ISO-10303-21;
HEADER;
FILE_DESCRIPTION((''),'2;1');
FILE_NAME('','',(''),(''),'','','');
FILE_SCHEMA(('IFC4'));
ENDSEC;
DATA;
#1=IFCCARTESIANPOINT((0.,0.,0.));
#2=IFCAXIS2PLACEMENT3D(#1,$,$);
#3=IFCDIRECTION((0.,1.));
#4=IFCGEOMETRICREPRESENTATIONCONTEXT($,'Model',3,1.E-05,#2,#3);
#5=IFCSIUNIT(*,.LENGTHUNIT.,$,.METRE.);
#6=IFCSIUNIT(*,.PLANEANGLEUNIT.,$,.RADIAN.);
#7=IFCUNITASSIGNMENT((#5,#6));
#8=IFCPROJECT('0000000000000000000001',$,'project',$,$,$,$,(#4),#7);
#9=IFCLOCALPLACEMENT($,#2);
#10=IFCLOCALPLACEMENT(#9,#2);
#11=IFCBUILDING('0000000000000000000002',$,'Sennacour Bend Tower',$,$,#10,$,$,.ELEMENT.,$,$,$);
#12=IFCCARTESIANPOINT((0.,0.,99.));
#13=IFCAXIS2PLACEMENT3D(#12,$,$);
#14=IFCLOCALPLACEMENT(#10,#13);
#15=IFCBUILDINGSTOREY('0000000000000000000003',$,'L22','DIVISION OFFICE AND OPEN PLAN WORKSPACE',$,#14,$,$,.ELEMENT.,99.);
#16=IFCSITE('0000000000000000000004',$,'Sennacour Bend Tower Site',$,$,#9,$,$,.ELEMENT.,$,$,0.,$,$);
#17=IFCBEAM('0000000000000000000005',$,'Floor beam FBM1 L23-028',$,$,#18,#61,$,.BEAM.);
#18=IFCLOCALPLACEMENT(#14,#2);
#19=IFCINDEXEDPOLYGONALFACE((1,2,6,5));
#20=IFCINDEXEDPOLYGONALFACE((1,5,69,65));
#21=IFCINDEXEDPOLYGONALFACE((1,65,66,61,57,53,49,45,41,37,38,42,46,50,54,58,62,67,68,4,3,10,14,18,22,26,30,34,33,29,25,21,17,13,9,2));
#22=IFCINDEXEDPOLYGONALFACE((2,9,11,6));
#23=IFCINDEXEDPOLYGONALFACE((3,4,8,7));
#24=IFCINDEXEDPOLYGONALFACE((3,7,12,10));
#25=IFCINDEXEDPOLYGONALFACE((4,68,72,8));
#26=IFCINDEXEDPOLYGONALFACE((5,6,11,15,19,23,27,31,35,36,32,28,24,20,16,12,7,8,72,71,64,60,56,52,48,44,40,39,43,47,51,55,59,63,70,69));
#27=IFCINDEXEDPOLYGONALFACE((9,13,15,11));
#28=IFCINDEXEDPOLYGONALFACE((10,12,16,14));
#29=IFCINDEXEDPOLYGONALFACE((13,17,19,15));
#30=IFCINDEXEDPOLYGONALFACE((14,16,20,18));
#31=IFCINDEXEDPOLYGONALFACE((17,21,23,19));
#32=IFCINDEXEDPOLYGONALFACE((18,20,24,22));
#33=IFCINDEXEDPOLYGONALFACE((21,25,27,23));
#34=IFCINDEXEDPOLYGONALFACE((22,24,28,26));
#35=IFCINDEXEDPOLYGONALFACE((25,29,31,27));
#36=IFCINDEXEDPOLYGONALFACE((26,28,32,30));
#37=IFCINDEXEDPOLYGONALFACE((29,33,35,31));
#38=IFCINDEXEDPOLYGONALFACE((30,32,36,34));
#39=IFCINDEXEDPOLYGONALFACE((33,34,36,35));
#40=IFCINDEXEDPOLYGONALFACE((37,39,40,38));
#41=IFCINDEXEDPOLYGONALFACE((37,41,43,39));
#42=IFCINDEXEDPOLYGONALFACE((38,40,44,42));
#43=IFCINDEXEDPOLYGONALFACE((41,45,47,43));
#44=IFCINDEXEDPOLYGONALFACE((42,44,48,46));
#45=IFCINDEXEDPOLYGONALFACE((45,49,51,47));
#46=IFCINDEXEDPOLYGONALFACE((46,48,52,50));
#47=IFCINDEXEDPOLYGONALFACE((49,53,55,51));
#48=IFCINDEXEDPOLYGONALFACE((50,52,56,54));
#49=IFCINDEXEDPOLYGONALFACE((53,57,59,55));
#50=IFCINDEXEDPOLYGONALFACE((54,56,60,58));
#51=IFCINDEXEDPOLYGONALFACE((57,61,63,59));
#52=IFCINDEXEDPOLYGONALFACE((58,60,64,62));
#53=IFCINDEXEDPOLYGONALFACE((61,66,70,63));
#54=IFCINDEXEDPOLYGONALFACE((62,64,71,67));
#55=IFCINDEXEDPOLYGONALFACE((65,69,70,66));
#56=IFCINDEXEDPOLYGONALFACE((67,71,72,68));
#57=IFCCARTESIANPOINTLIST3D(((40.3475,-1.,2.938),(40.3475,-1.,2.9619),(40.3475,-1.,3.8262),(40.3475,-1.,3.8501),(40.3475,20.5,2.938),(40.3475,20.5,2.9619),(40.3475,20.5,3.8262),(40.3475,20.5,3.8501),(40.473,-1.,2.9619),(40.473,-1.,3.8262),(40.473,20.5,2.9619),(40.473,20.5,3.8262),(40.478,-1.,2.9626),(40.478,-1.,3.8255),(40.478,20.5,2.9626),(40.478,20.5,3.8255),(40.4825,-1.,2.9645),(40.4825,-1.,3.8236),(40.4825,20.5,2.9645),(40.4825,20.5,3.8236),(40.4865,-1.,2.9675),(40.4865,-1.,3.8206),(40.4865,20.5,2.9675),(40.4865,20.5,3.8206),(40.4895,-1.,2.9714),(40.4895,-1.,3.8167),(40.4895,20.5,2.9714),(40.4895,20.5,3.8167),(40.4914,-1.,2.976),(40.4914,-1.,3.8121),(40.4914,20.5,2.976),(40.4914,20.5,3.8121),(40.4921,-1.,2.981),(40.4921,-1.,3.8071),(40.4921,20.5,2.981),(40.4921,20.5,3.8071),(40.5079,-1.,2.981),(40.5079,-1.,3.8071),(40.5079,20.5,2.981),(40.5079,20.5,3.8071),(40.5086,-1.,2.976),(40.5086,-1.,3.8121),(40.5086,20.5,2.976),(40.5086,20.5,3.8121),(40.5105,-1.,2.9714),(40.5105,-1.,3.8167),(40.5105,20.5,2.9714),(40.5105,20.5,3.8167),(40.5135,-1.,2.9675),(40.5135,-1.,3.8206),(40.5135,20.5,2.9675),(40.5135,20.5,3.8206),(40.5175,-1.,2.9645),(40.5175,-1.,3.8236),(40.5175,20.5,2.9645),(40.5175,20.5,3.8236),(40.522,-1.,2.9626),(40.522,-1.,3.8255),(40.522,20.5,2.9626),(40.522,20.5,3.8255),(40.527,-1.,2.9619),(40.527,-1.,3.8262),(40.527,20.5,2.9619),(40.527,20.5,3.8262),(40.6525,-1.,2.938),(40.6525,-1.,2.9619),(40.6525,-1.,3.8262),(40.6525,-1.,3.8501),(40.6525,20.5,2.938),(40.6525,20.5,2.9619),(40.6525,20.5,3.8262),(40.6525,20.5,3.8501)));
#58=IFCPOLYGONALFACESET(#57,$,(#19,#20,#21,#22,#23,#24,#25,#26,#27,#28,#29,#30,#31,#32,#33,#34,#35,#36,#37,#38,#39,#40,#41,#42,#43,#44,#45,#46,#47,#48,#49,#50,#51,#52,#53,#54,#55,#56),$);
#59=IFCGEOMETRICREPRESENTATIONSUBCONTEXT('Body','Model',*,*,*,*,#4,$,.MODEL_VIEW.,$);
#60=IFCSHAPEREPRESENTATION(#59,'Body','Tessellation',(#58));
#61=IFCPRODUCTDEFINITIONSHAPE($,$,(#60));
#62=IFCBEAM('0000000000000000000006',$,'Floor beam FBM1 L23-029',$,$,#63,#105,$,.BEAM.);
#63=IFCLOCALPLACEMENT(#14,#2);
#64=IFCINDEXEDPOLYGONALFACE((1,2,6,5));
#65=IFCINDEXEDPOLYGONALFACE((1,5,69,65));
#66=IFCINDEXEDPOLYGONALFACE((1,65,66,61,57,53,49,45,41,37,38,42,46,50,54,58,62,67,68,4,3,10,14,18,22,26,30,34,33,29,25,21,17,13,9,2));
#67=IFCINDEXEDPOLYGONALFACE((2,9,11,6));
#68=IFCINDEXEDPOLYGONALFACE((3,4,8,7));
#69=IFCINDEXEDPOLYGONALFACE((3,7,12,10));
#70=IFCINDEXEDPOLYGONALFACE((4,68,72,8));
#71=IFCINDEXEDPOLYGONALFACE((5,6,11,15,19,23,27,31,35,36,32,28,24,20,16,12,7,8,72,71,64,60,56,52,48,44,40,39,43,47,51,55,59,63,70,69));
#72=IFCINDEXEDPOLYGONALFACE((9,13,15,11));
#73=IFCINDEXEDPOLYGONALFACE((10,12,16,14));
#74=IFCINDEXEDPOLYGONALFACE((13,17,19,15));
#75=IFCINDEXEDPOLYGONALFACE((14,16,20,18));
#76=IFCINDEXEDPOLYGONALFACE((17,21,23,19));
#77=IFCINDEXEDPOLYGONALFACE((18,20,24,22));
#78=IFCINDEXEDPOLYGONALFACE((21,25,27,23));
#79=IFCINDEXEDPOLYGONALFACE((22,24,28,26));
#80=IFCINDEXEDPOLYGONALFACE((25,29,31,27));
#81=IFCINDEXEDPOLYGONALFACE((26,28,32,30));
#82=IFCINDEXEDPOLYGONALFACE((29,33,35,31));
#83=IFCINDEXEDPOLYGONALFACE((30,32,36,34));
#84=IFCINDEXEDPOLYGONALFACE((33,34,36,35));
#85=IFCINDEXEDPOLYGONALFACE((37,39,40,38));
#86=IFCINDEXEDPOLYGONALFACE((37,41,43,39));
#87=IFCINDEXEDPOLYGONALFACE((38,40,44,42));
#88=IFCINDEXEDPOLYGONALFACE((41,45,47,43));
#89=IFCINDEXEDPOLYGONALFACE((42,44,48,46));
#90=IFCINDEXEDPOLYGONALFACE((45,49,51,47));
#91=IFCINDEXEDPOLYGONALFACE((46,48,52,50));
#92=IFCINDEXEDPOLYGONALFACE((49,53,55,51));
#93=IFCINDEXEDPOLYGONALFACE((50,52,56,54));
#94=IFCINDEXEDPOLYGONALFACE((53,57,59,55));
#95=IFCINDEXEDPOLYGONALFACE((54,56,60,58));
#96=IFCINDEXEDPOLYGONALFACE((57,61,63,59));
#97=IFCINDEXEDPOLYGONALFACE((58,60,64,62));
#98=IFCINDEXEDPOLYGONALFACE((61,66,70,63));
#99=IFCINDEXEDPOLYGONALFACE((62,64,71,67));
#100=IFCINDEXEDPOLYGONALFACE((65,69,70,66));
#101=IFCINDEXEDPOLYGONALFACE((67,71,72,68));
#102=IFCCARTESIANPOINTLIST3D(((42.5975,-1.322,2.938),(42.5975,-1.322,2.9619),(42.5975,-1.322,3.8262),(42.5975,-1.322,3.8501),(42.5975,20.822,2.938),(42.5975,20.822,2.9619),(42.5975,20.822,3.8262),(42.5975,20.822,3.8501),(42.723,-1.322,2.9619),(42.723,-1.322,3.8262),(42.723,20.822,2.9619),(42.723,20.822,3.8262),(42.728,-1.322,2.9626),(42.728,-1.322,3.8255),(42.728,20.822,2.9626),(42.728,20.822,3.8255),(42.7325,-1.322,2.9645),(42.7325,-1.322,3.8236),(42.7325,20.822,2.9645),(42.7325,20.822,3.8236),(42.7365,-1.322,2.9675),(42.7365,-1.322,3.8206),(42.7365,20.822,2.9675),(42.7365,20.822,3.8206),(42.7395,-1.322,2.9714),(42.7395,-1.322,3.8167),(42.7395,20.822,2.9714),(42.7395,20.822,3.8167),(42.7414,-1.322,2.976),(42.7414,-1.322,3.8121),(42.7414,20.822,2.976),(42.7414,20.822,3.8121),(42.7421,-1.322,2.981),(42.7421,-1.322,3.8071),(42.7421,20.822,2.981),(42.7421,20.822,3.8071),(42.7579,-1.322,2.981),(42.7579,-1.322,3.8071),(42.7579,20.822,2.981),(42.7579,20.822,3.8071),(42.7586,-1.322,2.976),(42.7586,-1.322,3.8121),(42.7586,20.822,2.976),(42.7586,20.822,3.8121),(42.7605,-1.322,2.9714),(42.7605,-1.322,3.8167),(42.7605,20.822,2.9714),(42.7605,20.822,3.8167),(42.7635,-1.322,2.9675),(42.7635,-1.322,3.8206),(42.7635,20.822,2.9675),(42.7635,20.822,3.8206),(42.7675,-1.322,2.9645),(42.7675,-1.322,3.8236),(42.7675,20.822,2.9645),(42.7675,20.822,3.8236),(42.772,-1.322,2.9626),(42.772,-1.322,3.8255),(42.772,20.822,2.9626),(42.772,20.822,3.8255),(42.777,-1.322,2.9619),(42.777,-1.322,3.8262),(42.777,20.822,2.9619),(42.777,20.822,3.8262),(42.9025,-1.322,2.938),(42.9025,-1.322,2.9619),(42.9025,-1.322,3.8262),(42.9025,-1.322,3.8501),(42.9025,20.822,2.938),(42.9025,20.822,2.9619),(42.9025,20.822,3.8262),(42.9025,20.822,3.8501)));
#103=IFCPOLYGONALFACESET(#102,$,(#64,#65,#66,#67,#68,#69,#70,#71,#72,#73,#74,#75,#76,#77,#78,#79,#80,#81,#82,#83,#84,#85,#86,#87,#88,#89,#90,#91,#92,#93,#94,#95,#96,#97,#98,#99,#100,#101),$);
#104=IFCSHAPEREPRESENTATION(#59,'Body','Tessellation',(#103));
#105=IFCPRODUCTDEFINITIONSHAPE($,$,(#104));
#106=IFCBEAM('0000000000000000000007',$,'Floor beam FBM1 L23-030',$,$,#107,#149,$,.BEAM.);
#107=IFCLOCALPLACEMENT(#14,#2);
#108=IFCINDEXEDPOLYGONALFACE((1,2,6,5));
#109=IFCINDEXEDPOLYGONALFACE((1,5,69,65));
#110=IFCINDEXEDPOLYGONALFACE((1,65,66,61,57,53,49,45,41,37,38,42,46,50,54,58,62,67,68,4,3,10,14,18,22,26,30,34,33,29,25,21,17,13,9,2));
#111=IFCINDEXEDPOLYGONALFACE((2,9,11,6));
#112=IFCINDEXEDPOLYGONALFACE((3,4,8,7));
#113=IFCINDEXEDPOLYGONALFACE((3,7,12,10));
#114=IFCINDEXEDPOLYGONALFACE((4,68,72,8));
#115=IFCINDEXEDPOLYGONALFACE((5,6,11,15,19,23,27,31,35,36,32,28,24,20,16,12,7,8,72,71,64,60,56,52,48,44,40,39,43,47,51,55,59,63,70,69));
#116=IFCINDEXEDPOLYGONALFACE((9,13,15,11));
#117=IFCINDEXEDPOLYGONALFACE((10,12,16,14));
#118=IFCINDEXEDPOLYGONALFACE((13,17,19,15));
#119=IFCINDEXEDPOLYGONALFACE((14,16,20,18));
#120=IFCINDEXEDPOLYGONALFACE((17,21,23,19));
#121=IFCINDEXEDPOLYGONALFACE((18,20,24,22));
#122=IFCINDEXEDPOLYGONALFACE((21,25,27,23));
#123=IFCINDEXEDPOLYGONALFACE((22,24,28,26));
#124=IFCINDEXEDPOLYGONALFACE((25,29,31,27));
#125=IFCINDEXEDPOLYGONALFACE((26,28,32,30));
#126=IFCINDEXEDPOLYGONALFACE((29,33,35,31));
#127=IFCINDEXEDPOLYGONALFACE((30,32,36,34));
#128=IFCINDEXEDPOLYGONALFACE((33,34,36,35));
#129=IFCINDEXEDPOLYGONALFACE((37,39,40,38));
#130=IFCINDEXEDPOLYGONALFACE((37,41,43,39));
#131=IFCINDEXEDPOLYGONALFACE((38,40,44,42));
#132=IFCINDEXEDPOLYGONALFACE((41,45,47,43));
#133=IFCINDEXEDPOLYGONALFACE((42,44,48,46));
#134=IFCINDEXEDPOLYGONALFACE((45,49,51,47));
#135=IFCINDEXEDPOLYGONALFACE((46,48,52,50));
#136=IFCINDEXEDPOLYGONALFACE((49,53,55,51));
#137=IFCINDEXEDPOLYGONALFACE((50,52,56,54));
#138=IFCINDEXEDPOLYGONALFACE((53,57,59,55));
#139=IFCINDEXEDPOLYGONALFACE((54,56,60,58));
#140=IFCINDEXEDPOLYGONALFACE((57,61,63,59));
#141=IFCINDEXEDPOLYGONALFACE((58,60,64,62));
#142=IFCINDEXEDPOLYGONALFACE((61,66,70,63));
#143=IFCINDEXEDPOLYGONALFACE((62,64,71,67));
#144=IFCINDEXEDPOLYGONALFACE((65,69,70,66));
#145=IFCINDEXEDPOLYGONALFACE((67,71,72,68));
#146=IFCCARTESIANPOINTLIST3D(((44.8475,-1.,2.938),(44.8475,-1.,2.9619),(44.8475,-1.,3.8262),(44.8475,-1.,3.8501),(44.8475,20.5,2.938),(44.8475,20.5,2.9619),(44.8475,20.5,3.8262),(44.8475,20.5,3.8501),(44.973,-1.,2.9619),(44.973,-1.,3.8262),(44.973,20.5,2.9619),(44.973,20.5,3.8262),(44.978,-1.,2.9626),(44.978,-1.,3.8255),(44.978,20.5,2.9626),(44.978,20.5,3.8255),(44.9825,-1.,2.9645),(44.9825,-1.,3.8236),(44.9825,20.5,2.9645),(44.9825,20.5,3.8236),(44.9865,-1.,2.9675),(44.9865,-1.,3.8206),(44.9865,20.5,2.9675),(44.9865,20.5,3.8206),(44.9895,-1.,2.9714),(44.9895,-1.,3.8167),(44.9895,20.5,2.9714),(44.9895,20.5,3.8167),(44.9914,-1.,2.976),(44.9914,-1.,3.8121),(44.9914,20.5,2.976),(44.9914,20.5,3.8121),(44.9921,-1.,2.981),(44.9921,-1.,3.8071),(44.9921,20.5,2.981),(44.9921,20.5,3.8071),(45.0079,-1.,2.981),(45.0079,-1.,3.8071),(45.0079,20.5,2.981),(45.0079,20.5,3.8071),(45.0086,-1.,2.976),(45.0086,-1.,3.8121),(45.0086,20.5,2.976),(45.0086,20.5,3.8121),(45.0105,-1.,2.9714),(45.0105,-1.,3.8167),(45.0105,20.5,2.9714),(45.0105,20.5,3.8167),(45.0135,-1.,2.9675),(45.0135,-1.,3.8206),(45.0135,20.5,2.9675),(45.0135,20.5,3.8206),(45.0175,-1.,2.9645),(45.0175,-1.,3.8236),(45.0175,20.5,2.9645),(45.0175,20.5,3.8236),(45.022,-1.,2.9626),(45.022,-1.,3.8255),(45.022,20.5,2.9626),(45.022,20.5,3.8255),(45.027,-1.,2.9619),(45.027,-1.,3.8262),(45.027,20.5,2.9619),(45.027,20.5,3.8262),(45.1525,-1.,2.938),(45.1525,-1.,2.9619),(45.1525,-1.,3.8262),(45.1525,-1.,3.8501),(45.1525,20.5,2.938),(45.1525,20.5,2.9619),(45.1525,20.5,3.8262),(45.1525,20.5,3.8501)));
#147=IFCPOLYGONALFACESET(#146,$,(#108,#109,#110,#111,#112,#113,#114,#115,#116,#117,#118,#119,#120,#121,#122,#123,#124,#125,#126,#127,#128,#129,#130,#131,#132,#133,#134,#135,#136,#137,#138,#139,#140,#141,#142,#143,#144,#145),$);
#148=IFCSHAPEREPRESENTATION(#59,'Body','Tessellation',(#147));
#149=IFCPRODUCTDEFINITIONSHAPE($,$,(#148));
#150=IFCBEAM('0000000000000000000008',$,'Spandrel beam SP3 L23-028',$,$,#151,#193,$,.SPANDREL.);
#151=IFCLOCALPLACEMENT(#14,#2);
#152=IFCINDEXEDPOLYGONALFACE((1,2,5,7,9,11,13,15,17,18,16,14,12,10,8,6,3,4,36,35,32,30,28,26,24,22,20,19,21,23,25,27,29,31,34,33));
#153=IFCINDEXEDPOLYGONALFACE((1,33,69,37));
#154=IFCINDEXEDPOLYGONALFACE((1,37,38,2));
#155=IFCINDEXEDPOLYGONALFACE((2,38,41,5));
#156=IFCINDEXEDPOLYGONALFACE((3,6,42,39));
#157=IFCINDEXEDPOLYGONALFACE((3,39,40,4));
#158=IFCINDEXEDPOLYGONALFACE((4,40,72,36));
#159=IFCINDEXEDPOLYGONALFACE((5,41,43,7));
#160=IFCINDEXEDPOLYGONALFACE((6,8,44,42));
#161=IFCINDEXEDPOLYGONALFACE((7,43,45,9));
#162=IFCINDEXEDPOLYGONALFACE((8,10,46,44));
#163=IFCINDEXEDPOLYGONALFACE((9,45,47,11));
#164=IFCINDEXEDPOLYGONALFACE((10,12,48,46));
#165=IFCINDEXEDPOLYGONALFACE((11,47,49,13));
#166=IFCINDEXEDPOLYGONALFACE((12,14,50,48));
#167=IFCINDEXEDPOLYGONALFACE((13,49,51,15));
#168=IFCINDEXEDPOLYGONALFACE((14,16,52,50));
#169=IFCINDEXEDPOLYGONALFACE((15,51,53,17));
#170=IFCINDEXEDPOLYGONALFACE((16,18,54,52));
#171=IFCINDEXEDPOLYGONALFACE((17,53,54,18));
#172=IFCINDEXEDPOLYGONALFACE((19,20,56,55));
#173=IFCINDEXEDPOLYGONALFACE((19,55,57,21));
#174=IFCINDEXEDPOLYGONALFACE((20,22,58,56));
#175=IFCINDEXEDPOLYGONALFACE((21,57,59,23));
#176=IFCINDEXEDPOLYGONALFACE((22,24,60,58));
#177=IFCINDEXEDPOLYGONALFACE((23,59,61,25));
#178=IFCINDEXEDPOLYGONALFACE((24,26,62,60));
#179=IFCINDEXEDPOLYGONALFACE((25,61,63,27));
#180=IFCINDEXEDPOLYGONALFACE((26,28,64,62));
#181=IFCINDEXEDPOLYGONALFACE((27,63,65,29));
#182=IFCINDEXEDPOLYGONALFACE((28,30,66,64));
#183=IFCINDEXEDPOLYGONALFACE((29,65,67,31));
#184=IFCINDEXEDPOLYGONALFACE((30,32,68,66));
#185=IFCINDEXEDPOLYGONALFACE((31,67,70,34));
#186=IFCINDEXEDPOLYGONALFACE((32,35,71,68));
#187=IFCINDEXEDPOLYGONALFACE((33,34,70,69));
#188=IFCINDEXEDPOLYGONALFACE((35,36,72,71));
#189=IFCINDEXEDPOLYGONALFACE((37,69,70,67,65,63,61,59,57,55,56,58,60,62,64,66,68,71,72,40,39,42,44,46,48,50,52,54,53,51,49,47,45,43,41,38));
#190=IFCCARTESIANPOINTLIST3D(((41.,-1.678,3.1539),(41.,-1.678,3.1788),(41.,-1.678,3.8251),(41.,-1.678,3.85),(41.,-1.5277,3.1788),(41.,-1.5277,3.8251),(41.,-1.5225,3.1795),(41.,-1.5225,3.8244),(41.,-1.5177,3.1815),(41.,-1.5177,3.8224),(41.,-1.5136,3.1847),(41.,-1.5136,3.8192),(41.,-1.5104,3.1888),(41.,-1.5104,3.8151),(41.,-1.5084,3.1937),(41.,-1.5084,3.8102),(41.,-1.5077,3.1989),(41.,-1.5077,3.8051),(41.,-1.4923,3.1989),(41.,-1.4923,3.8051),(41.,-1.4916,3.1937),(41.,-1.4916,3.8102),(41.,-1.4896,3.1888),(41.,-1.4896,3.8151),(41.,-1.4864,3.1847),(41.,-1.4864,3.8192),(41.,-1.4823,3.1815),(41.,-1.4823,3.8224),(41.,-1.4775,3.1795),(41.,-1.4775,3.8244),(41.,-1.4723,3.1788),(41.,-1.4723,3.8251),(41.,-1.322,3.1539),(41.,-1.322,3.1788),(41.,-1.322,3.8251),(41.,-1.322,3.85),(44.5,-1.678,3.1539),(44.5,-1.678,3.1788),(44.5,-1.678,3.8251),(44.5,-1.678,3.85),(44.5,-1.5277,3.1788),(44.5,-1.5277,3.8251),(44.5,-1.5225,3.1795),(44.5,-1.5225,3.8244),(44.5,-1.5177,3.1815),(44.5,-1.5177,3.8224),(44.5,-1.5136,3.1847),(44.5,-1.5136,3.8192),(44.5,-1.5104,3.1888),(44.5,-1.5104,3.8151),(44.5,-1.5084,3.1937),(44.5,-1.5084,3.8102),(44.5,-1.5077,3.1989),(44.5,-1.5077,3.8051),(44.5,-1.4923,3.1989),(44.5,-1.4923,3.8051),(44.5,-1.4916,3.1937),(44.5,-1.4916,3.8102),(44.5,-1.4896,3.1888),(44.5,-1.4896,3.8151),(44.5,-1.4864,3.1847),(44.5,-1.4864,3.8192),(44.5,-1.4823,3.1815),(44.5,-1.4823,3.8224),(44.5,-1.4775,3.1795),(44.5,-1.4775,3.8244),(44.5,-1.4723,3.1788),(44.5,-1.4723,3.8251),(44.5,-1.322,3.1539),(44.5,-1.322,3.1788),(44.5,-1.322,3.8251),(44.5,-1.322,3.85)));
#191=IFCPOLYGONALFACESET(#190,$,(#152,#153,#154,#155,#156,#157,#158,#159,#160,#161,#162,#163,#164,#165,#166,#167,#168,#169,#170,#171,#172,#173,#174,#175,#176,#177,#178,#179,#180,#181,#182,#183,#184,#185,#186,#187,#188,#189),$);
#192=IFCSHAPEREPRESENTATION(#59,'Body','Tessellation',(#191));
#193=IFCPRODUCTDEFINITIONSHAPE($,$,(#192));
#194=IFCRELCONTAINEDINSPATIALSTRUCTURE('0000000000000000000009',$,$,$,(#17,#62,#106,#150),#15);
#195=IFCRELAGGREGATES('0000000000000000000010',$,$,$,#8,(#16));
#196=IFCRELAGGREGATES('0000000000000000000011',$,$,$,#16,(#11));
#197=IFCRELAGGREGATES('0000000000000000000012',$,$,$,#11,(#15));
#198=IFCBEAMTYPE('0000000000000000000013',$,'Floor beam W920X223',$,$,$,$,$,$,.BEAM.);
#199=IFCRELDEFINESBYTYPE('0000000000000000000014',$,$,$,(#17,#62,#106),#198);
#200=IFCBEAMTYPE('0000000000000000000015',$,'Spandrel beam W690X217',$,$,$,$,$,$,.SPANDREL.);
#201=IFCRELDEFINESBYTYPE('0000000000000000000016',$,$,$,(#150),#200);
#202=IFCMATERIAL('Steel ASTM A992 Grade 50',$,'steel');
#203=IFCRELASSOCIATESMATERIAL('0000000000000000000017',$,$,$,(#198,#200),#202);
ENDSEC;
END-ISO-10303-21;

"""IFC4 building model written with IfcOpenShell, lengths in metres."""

from ifc_helpers import new_model, si_unit, direction, frame, origin, origin_2d, place, context, subcontext, project, spatial, i_section, extrude, material, material_profile, profile_set, type_object, element, save


model = new_model("IFC4")

# Units and contexts
model_context = context("Model", 3, precision=1e-05, world=origin(), true_north=direction((0.0, 1.0)))
body_context = subcontext(model_context, "Body", "Model", "MODEL_VIEW")
ifc_project = project(units=[si_unit("LENGTHUNIT", "METRE"), si_unit("PLANEANGLEUNIT", "RADIAN")], contexts=[model_context])

# Site, building, storey
site_placement = place(None, origin())
site = spatial("IfcSite", under=ifc_project, at=site_placement, Name="Sennacour Bend Tower Site", CompositionType="ELEMENT", RefElevation=0.0)
building_placement = place(site_placement, origin())
building = spatial("IfcBuilding", under=site, at=building_placement, Name="Sennacour Bend Tower", CompositionType="ELEMENT")
storey_placement = place(building_placement, frame((0.0, 0.0, 99.0)))
storey = spatial("IfcBuildingStorey", under=building, at=storey_placement, Name="L22", Description="DIVISION OFFICE AND OPEN PLAN WORKSPACE", CompositionType="ELEMENT", Elevation=99.0)

# Beams
ifc_material_1 = material(Name="Steel ASTM A992 Grade 50", Category="steel")
ifc_material_profile_1 = material_profile(ifc_material_1, i_section(OverallWidth=0.3049, OverallDepth=0.9121, WebThickness=0.0159, FlangeThickness=0.0239, FilletRadius=0.019, at=origin_2d()), Name="Steel ASTM A992 Grade 50", Category="steel")
ifc_profile_set_1 = profile_set([ifc_material_profile_1], Name="Steel ASTM A992 Grade 50")
beam_type_1 = type_object("IfcBeamType", Name="Floor beam W920X223", PredefinedType="BEAM", material=ifc_profile_set_1)
beam_1_placement = place(storey_placement, frame((40.5, -1.0, 3.394), z_axis=(0.0, 1.0, 0.0), x_axis=(-1.0, 0.0, 0.0)))
element("IfcBeam", 1, at=beam_1_placement, inside=storey, type_object=beam_type_1, Name="Floor beam FBM1 L23-028", PredefinedType="BEAM", context=body_context, shape_type="SweptSolid", body=[
    extrude(i_section(OverallWidth=0.3049, OverallDepth=0.9121, WebThickness=0.0159, FlangeThickness=0.0239, FilletRadius=0.019, at=origin_2d()), origin(), (0.0, 0.0, 1.0), 21.5),
])
beam_2_placement = place(storey_placement, frame((42.75, -1.322, 3.394), z_axis=(0.0, 1.0, 0.0), x_axis=(-1.0, 0.0, 0.0)))
element("IfcBeam", 2, at=beam_2_placement, inside=storey, type_object=beam_type_1, Name="Floor beam FBM1 L23-029", PredefinedType="BEAM", context=body_context, shape_type="SweptSolid", body=[
    extrude(i_section(OverallWidth=0.3049, OverallDepth=0.9121, WebThickness=0.0159, FlangeThickness=0.0239, FilletRadius=0.019, at=origin_2d()), origin(), (0.0, 0.0, 1.0), 22.144),
])
beam_3_placement = place(storey_placement, frame((45.0, -1.0, 3.394), z_axis=(0.0, 1.0, 0.0), x_axis=(-1.0, 0.0, 0.0)))
element("IfcBeam", 3, at=beam_3_placement, inside=storey, type_object=beam_type_1, Name="Floor beam FBM1 L23-030", PredefinedType="BEAM", context=body_context, shape_type="SweptSolid", body=[
    extrude(i_section(OverallWidth=0.3049, OverallDepth=0.9121, WebThickness=0.0159, FlangeThickness=0.0239, FilletRadius=0.019, at=origin_2d()), origin(), (0.0, 0.0, 1.0), 21.5),
])
ifc_material_profile_2 = material_profile(ifc_material_1, i_section(OverallWidth=0.356, OverallDepth=0.696, WebThickness=0.0154, FlangeThickness=0.0249, FilletRadius=0.02, at=origin_2d()), Name="Steel ASTM A992 Grade 50", Category="steel")
ifc_profile_set_2 = profile_set([ifc_material_profile_2], Name="Steel ASTM A992 Grade 50")
beam_type_2 = type_object("IfcBeamType", Name="Spandrel beam W690X217", PredefinedType="SPANDREL", material=ifc_profile_set_2)
for number, where, z_axis, x_axis, name in (
    (4, (44.5, -1.5, 3.502), (-1.0, 0.0, 0.0), (0.0, -1.0, 0.0), "Spandrel beam SP3 L23-028"),
):
    element("IfcBeam", number, at=place(storey_placement, frame(where, z_axis=z_axis, x_axis=x_axis)), inside=storey, type_object=beam_type_2, Name=name, PredefinedType="SPANDREL", context=body_context, shape_type="SweptSolid", body=[
        extrude(i_section(OverallWidth=0.356, OverallDepth=0.696, WebThickness=0.0154, FlangeThickness=0.0249, FilletRadius=0.02, at=origin_2d()), origin(), (0.0, 0.0, 1.0), 3.5),
    ])

save(model, "model.ifc")
